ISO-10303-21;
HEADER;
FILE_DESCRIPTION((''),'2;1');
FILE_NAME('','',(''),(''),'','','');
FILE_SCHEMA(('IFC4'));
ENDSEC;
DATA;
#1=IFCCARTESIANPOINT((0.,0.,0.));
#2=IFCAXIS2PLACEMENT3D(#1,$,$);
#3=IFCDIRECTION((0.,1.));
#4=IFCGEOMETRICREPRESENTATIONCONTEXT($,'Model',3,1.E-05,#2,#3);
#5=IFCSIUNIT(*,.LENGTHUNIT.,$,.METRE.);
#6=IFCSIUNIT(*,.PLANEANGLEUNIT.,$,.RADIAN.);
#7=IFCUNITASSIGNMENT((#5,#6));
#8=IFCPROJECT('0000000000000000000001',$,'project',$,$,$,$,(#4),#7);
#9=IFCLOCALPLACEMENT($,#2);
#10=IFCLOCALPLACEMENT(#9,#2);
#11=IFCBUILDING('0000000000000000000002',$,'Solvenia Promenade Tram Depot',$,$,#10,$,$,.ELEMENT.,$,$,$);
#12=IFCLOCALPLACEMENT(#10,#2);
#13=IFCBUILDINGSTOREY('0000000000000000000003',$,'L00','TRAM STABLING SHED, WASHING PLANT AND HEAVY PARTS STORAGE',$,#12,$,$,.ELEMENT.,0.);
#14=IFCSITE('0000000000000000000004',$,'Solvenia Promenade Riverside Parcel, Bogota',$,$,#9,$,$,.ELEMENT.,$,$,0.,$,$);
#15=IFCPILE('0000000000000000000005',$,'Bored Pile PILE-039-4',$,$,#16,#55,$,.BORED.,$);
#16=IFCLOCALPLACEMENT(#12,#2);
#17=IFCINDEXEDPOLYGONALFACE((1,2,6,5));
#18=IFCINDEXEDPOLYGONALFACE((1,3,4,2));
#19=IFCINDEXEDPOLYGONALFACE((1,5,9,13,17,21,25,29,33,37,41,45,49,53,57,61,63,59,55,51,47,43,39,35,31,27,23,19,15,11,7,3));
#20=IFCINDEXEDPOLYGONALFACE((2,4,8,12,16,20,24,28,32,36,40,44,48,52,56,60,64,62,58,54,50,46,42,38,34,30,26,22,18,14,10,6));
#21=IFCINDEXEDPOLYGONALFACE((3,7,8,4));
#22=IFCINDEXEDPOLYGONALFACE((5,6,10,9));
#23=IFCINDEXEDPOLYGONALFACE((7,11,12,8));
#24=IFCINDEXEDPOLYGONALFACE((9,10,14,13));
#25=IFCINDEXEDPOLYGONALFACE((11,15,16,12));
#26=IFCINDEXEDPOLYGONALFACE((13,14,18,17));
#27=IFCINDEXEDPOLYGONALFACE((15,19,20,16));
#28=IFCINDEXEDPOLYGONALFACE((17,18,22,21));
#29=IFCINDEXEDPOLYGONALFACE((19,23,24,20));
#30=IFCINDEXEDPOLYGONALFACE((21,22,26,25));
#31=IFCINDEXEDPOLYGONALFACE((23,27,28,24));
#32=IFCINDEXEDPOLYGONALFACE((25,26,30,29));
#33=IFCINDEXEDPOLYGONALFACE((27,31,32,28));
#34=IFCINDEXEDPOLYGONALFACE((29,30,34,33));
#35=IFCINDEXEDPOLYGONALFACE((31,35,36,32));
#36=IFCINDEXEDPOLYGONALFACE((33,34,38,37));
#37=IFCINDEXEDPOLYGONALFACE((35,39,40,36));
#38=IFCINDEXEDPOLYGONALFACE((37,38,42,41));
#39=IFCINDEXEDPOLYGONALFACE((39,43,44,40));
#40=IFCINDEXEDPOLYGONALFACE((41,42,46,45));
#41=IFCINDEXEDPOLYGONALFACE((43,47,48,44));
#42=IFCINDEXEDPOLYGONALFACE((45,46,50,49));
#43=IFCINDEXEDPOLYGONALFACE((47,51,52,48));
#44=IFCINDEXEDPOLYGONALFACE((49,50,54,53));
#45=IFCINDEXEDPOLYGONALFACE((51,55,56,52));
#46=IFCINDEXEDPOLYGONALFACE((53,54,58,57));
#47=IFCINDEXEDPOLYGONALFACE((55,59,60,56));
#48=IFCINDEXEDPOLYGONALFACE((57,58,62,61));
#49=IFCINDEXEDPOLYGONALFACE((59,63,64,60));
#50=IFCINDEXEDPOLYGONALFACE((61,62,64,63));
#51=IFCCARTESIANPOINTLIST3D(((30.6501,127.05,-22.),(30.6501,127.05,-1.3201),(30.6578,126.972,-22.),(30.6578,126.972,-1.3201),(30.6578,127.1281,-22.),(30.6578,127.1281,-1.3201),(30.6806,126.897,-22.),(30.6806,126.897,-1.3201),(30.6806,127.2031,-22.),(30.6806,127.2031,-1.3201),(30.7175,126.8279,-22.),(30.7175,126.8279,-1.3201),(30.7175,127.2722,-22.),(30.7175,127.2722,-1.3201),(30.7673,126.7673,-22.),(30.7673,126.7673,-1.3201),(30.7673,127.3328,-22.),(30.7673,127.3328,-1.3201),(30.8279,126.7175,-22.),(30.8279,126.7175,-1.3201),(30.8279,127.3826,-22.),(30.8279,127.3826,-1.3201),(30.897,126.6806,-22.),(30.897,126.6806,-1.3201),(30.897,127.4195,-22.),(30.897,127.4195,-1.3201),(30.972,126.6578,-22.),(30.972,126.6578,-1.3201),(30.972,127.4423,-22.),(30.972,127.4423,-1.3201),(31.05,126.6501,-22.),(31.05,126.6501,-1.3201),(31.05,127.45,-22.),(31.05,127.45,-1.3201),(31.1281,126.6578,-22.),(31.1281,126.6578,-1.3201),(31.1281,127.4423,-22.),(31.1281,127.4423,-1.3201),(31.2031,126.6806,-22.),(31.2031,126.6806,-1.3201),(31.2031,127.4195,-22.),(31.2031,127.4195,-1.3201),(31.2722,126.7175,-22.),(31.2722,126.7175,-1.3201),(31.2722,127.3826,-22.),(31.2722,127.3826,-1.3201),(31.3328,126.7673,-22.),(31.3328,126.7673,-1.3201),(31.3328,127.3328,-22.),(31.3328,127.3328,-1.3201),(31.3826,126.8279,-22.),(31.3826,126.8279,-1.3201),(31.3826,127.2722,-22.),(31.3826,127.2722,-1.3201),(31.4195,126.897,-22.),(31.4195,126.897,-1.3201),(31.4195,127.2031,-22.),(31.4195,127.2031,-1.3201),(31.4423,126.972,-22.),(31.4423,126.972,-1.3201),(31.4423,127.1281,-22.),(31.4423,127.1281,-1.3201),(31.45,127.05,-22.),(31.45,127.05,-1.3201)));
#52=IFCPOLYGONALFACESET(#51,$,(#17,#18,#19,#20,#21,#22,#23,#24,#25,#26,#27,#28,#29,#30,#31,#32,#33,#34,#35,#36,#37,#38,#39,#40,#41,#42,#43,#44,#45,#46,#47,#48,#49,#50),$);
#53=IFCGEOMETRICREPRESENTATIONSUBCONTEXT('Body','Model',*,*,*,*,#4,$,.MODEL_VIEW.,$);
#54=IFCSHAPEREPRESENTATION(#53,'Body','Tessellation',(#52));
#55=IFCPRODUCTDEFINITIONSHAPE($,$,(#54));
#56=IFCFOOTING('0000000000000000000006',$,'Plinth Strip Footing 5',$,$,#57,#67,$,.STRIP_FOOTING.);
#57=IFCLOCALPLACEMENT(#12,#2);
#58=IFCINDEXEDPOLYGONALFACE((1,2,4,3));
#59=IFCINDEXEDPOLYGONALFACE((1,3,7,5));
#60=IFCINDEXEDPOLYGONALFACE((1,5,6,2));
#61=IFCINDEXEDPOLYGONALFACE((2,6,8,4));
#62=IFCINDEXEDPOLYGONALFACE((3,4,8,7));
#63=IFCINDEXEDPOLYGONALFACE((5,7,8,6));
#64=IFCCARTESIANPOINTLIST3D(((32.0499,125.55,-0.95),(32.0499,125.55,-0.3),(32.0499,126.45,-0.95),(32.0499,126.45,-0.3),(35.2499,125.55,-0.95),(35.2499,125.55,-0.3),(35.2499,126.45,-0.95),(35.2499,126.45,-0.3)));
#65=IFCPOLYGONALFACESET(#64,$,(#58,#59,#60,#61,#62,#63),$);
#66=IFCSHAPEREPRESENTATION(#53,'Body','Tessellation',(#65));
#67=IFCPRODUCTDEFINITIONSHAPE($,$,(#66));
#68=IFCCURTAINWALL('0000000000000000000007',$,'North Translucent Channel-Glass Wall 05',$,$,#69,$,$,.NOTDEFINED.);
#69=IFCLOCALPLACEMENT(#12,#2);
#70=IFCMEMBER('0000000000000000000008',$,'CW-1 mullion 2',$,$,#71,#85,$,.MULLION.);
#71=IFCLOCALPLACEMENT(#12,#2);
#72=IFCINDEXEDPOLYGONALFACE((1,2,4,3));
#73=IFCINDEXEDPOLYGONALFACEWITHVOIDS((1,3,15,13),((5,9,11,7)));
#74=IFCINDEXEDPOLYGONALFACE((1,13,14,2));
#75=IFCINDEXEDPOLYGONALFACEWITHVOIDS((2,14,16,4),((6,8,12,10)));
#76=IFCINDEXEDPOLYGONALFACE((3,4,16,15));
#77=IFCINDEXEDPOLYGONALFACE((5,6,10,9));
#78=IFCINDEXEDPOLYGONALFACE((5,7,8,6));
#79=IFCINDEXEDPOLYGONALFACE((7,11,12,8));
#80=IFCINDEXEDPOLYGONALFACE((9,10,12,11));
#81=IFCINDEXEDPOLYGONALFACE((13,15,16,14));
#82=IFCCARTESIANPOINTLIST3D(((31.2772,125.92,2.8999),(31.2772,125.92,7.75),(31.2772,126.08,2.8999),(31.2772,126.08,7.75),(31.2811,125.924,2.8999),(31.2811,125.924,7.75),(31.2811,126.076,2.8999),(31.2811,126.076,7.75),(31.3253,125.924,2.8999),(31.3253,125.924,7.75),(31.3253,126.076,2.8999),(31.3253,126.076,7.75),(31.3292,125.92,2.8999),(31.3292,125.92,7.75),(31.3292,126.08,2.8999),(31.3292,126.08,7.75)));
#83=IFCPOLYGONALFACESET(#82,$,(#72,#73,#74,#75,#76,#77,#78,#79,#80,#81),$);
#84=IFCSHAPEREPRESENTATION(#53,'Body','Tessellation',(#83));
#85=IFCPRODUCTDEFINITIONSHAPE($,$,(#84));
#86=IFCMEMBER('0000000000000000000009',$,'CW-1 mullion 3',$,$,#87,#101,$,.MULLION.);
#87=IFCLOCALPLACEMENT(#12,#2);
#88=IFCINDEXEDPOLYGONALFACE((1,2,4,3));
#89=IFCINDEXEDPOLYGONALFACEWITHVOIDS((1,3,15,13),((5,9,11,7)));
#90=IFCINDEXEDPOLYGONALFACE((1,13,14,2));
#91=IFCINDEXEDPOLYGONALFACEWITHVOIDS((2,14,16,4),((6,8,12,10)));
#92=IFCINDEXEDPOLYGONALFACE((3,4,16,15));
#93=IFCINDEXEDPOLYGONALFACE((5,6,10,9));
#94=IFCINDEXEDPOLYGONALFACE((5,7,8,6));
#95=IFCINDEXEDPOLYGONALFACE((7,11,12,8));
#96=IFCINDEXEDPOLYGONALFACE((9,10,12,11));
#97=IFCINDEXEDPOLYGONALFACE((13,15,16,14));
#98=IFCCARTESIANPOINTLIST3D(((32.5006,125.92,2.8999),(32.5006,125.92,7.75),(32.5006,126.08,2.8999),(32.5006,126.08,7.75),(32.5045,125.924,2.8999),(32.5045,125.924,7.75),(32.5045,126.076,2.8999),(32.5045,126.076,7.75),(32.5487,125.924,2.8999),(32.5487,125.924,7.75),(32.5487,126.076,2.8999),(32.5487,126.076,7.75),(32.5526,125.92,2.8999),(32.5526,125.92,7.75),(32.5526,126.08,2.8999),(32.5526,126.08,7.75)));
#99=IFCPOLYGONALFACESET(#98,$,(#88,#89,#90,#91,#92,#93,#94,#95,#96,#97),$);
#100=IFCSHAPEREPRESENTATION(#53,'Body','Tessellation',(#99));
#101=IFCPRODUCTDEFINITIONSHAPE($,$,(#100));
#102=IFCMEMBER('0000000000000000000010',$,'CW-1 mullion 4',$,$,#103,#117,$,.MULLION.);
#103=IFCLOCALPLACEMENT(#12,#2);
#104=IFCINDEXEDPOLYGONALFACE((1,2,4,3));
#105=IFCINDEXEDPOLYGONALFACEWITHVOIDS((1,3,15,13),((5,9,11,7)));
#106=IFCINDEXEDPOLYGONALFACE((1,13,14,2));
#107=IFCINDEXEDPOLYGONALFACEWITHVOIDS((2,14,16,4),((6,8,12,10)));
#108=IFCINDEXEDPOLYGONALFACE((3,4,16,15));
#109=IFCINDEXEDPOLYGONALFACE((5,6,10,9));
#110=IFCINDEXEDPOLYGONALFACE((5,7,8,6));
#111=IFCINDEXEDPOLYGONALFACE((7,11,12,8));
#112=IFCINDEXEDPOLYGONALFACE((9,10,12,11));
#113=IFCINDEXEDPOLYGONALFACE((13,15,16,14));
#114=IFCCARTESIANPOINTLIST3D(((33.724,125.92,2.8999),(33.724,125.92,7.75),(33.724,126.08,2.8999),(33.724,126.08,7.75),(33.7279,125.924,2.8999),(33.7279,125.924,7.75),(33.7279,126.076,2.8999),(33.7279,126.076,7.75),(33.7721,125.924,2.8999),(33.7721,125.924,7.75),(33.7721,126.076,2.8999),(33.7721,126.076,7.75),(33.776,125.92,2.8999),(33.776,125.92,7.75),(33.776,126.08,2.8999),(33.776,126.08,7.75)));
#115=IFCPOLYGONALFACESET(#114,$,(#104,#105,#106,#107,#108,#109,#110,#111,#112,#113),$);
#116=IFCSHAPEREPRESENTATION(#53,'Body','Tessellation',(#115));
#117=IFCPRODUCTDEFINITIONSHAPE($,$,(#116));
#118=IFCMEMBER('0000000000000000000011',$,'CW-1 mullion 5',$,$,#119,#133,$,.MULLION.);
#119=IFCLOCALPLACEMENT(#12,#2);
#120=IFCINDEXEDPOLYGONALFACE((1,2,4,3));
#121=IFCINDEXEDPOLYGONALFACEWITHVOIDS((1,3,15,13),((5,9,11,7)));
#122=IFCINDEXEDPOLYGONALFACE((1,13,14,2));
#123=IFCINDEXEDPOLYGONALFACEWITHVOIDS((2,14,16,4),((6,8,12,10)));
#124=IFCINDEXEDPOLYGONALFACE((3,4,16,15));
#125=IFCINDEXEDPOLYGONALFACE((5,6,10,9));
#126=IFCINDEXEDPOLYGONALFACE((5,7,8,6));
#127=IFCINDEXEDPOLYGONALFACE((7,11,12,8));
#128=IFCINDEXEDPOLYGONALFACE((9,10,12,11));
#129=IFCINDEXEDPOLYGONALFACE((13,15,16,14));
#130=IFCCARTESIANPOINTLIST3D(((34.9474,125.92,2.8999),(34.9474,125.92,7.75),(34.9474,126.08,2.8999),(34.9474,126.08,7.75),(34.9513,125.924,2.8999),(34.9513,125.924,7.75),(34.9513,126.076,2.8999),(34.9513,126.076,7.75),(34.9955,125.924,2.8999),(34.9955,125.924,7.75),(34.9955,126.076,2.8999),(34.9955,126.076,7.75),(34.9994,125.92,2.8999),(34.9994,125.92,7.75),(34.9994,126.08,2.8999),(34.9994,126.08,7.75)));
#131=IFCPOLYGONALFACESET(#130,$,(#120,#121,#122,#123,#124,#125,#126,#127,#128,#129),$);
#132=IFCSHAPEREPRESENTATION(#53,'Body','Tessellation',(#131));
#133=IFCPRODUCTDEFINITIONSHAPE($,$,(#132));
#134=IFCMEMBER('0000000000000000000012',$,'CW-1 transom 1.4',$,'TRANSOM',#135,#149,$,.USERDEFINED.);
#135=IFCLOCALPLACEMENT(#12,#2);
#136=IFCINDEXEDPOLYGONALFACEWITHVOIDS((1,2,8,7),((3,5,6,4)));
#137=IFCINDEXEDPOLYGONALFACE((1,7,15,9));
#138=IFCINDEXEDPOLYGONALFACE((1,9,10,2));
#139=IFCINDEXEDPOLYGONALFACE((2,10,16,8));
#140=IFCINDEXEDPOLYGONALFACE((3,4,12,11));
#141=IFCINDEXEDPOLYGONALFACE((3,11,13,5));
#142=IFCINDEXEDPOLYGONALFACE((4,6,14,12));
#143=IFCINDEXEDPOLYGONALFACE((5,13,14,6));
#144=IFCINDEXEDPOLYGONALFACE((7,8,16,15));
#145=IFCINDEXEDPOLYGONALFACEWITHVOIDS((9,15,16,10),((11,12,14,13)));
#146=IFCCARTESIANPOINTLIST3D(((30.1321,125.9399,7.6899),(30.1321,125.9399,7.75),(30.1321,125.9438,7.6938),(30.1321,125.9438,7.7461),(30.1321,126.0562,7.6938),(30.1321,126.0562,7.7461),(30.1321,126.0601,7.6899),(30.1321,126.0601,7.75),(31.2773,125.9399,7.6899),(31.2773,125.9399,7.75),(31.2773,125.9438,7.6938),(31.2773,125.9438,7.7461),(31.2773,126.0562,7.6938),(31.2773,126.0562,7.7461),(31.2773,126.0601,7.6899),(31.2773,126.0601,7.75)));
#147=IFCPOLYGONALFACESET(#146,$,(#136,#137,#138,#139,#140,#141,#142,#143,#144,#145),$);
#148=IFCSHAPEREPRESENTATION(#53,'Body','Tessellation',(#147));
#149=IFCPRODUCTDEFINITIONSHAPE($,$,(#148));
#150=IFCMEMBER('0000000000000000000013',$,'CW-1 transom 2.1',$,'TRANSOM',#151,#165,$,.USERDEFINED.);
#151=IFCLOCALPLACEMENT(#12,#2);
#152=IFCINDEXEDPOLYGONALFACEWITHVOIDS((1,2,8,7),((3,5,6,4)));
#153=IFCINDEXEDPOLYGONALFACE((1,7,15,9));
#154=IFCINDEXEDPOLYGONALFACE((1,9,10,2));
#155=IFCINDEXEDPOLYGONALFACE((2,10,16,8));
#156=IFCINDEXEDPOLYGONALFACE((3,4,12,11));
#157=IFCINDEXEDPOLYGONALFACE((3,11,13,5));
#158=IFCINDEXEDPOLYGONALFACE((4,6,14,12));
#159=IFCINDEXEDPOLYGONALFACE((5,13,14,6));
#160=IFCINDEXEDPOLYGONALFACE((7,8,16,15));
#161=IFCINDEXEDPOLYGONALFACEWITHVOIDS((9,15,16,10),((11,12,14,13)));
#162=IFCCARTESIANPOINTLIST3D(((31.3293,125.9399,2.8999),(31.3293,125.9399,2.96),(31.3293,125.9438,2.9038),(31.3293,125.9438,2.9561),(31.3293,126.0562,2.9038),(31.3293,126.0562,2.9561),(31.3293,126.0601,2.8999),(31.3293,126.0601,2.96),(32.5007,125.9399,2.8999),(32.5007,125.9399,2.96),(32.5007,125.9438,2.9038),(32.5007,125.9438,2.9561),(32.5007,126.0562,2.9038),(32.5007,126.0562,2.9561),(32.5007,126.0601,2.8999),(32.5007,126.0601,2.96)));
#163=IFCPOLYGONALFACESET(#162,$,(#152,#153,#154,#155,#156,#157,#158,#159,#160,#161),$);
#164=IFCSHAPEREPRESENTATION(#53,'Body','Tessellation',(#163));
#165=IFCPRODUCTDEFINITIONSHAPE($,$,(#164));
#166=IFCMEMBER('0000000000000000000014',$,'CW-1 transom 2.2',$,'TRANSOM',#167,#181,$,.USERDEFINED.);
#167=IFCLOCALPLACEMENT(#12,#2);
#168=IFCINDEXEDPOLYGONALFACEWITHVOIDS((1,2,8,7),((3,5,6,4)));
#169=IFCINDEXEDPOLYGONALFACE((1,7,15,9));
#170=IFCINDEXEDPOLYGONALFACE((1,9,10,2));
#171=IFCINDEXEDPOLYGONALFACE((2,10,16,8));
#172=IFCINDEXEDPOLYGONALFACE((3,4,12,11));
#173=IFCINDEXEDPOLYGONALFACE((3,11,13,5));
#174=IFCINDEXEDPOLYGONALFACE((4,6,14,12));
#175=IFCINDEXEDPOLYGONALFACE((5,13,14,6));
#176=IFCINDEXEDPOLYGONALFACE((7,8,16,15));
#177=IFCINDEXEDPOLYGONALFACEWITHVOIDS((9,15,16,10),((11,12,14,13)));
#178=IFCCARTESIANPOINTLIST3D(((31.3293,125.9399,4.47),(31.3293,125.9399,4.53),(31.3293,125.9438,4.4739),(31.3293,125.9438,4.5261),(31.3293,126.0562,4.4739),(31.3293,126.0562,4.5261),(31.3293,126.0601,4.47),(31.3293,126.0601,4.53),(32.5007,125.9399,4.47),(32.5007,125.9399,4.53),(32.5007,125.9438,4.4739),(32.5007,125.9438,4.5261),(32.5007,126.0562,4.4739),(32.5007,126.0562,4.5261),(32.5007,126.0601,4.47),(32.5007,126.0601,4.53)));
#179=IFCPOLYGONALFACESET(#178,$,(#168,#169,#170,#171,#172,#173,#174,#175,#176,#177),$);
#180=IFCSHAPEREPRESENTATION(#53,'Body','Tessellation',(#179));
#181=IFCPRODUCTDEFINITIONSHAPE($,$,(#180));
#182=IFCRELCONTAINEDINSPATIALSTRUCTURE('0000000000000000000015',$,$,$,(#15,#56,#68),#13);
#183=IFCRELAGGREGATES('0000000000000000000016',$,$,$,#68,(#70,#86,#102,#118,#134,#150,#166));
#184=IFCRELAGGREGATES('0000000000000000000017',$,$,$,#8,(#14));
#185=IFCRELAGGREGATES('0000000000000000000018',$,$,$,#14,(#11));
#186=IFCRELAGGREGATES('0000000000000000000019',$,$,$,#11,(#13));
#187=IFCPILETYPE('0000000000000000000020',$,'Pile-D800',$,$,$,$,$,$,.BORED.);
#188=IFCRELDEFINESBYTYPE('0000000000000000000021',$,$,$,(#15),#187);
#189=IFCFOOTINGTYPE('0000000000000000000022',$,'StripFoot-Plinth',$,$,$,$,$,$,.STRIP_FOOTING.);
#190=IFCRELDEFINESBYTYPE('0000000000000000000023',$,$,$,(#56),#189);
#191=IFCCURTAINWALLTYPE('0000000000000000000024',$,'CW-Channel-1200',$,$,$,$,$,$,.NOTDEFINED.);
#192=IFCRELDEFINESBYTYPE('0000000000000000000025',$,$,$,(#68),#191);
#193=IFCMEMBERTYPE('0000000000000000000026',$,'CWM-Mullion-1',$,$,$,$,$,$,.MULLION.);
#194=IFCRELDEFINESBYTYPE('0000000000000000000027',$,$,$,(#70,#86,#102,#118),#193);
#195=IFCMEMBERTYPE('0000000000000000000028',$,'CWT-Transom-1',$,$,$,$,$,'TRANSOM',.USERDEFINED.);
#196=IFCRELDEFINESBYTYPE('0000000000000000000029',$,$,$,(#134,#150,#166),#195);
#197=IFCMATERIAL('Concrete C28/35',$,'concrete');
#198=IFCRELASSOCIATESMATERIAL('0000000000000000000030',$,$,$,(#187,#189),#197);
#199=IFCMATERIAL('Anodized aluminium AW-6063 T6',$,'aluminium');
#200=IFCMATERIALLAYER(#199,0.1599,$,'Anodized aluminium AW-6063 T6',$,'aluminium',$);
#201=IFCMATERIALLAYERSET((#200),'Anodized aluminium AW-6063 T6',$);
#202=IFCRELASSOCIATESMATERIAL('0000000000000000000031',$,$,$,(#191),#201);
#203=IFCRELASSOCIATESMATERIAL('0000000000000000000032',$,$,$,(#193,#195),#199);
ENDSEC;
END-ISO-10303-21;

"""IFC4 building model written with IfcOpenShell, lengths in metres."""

from ifc_helpers import new_model, si_unit, direction, frame, origin, origin_2d, place, context, subcontext, project, spatial, rectangle, hollow_rectangle, circle, extrude, material, layer, layer_set, material_profile, profile_set, type_object, element, aggregate, save


model = new_model("IFC4")

# Units and contexts
model_context = context("Model", 3, precision=1e-05, world=origin(), true_north=direction((0.0, 1.0)))
body_context = subcontext(model_context, "Body", "Model", "MODEL_VIEW")
ifc_project = project(units=[si_unit("LENGTHUNIT", "METRE"), si_unit("PLANEANGLEUNIT", "RADIAN")], contexts=[model_context])

# Site, building, storey
site_placement = place(None, origin())
site = spatial("IfcSite", under=ifc_project, at=site_placement, Name="Solvenia Promenade Riverside Parcel, Bogota", CompositionType="ELEMENT", RefElevation=0.0)
building_placement = place(site_placement, origin())
building = spatial("IfcBuilding", under=site, at=building_placement, Name="Solvenia Promenade Tram Depot", CompositionType="ELEMENT")
storey_placement = place(building_placement, origin())
storey = spatial("IfcBuildingStorey", under=building, at=storey_placement, Name="L00", Description="TRAM STABLING SHED, WASHING PLANT AND HEAVY PARTS STORAGE", CompositionType="ELEMENT", Elevation=0.0)

# Pile
ifc_material_1 = material(Name="Concrete C28/35", Category="concrete")
ifc_material_profile_1 = material_profile(ifc_material_1, circle(Radius=0.3999, at=origin_2d()), Name="D800", Category="concrete")
ifc_profile_set_1 = profile_set([ifc_material_profile_1], Name="Concrete C28/35")
pile_type = type_object("IfcPileType", Name="Pile-D800", PredefinedType="BORED", material=ifc_profile_set_1)
pile_placement = place(storey_placement, frame((31.05, 127.05, -1.3201), z_axis=(0.0, 0.0, -1.0), x_axis=(1.0, 0.0, 0.0)))
element("IfcPile", 1, at=pile_placement, inside=storey, type_object=pile_type, Name="Bored Pile PILE-039-4", PredefinedType="BORED", context=body_context, shape_type="SweptSolid", body=[
    extrude(circle(Radius=0.3999, at=origin_2d()), origin(), (0.0, 0.0, 1.0), 20.6799),
])

# Footing
footing_type = type_object("IfcFootingType", Name="StripFoot-Plinth", PredefinedType="STRIP_FOOTING", material=ifc_material_1)
footing_placement = place(storey_placement, frame((33.6499, 126.0, -0.95), z_axis=(0.0, 0.0, 1.0), x_axis=(1.0, 0.0, 0.0)))
element("IfcFooting", 2, at=footing_placement, inside=storey, type_object=footing_type, Name="Plinth Strip Footing 5", PredefinedType="STRIP_FOOTING", context=body_context, shape_type="SweptSolid", body=[
    extrude(rectangle(XDim=3.2, YDim=0.8999, at=origin_2d()), origin(), (0.0, 0.0, 1.0), 0.6499),
])

# Curtain wall, members
ifc_material_2 = material(Name="Anodized aluminium AW-6063 T6", Category="aluminium")
ifc_layer_1 = layer(ifc_material_2, 0.1599, Name="Anodized aluminium AW-6063 T6", Category="aluminium")
ifc_layer_set_1 = layer_set([ifc_layer_1], Name="Anodized aluminium AW-6063 T6")
curtain_wall_type = type_object("IfcCurtainWallType", Name="CW-Channel-1200", PredefinedType="NOTDEFINED", material=ifc_layer_set_1)
curtain_wall_placement = place(storey_placement, origin())
curtain_wall = element("IfcCurtainWall", 3, at=curtain_wall_placement, inside=storey, type_object=curtain_wall_type, Name="North Translucent Channel-Glass Wall 05", PredefinedType="NOTDEFINED")
ifc_material_profile_2 = material_profile(ifc_material_2, hollow_rectangle(XDim=0.1599, YDim=0.052, WallThickness=0.0039, at=origin_2d()), Name="ALU-M1", Category="aluminium")
ifc_profile_set_2 = profile_set([ifc_material_profile_2], Name="Anodized aluminium AW-6063 T6")
member_type_1 = type_object("IfcMemberType", Name="CWM-Mullion-1", PredefinedType="MULLION", material=ifc_profile_set_2)
member_1_placement = place(storey_placement, frame((31.3032, 126.0, 2.8999), z_axis=(0.0, 0.0, 1.0), x_axis=(0.0, 1.0, 0.0)))
member_1 = element("IfcMember", 4, at=member_1_placement, type_object=member_type_1, Name="CW-1 mullion 2", PredefinedType="MULLION", context=body_context, shape_type="SweptSolid", body=[
    extrude(hollow_rectangle(XDim=0.1599, YDim=0.052, WallThickness=0.0039, at=origin_2d()), origin(), (0.0, 0.0, 1.0), 4.8501),
])
member_2_placement = place(storey_placement, frame((32.5266, 126.0, 2.8999), z_axis=(0.0, 0.0, 1.0), x_axis=(0.0, 1.0, 0.0)))
member_2 = element("IfcMember", 5, at=member_2_placement, type_object=member_type_1, Name="CW-1 mullion 3", PredefinedType="MULLION", context=body_context, shape_type="SweptSolid", body=[
    extrude(hollow_rectangle(XDim=0.1599, YDim=0.052, WallThickness=0.0039, at=origin_2d()), origin(), (0.0, 0.0, 1.0), 4.8501),
])
member_3_placement = place(storey_placement, frame((33.75, 126.0, 2.8999), z_axis=(0.0, 0.0, 1.0), x_axis=(0.0, 1.0, 0.0)))
member_3 = element("IfcMember", 6, at=member_3_placement, type_object=member_type_1, Name="CW-1 mullion 4", PredefinedType="MULLION", context=body_context, shape_type="SweptSolid", body=[
    extrude(hollow_rectangle(XDim=0.1599, YDim=0.052, WallThickness=0.0039, at=origin_2d()), origin(), (0.0, 0.0, 1.0), 4.8501),
])
member_4_placement = place(storey_placement, frame((34.9734, 126.0, 2.8999), z_axis=(0.0, 0.0, 1.0), x_axis=(0.0, 1.0, 0.0)))
member_4 = element("IfcMember", 7, at=member_4_placement, type_object=member_type_1, Name="CW-1 mullion 5", PredefinedType="MULLION", context=body_context, shape_type="SweptSolid", body=[
    extrude(hollow_rectangle(XDim=0.1599, YDim=0.052, WallThickness=0.0039, at=origin_2d()), origin(), (0.0, 0.0, 1.0), 4.8501),
])
ifc_material_profile_3 = material_profile(ifc_material_2, hollow_rectangle(XDim=0.1201, YDim=0.0601, WallThickness=0.0039, at=origin_2d()), Name="ALU-T1", Category="aluminium")
ifc_profile_set_3 = profile_set([ifc_material_profile_3], Name="Anodized aluminium AW-6063 T6")
member_type_2 = type_object("IfcMemberType", Name="CWT-Transom-1", ElementType="TRANSOM", PredefinedType="USERDEFINED", material=ifc_profile_set_3)
member_5_placement = place(storey_placement, frame((30.1321, 126.0, 7.72), z_axis=(1.0, 0.0, 0.0), x_axis=(0.0, 1.0, 0.0)))
member_5 = element("IfcMember", 8, at=member_5_placement, type_object=member_type_2, Name="CW-1 transom 1.4", ObjectType="TRANSOM", PredefinedType="USERDEFINED", context=body_context, shape_type="SweptSolid", body=[
    extrude(hollow_rectangle(XDim=0.1201, YDim=0.0601, WallThickness=0.0039, at=origin_2d()), origin(), (0.0, 0.0, 1.0), 1.1453),
])
member_6_placement = place(storey_placement, frame((31.3293, 126.0, 2.9299), z_axis=(1.0, 0.0, 0.0), x_axis=(0.0, 1.0, 0.0)))
member_6 = element("IfcMember", 9, at=member_6_placement, type_object=member_type_2, Name="CW-1 transom 2.1", ObjectType="TRANSOM", PredefinedType="USERDEFINED", context=body_context, shape_type="SweptSolid", body=[
    extrude(hollow_rectangle(XDim=0.1201, YDim=0.0601, WallThickness=0.0039, at=origin_2d()), origin(), (0.0, 0.0, 1.0), 1.1714),
])
member_7_placement = place(storey_placement, frame((31.3293, 126.0, 4.5), z_axis=(1.0, 0.0, 0.0), x_axis=(0.0, 1.0, 0.0)))
member_7 = element("IfcMember", 10, at=member_7_placement, type_object=member_type_2, Name="CW-1 transom 2.2", ObjectType="TRANSOM", PredefinedType="USERDEFINED", context=body_context, shape_type="SweptSolid", body=[
    extrude(hollow_rectangle(XDim=0.1201, YDim=0.0601, WallThickness=0.0039, at=origin_2d()), origin(), (0.0, 0.0, 1.0), 1.1714),
])
aggregate(curtain_wall, [member_1, member_2, member_3, member_4, member_5, member_6, member_7])

save(model, "model.ifc")
